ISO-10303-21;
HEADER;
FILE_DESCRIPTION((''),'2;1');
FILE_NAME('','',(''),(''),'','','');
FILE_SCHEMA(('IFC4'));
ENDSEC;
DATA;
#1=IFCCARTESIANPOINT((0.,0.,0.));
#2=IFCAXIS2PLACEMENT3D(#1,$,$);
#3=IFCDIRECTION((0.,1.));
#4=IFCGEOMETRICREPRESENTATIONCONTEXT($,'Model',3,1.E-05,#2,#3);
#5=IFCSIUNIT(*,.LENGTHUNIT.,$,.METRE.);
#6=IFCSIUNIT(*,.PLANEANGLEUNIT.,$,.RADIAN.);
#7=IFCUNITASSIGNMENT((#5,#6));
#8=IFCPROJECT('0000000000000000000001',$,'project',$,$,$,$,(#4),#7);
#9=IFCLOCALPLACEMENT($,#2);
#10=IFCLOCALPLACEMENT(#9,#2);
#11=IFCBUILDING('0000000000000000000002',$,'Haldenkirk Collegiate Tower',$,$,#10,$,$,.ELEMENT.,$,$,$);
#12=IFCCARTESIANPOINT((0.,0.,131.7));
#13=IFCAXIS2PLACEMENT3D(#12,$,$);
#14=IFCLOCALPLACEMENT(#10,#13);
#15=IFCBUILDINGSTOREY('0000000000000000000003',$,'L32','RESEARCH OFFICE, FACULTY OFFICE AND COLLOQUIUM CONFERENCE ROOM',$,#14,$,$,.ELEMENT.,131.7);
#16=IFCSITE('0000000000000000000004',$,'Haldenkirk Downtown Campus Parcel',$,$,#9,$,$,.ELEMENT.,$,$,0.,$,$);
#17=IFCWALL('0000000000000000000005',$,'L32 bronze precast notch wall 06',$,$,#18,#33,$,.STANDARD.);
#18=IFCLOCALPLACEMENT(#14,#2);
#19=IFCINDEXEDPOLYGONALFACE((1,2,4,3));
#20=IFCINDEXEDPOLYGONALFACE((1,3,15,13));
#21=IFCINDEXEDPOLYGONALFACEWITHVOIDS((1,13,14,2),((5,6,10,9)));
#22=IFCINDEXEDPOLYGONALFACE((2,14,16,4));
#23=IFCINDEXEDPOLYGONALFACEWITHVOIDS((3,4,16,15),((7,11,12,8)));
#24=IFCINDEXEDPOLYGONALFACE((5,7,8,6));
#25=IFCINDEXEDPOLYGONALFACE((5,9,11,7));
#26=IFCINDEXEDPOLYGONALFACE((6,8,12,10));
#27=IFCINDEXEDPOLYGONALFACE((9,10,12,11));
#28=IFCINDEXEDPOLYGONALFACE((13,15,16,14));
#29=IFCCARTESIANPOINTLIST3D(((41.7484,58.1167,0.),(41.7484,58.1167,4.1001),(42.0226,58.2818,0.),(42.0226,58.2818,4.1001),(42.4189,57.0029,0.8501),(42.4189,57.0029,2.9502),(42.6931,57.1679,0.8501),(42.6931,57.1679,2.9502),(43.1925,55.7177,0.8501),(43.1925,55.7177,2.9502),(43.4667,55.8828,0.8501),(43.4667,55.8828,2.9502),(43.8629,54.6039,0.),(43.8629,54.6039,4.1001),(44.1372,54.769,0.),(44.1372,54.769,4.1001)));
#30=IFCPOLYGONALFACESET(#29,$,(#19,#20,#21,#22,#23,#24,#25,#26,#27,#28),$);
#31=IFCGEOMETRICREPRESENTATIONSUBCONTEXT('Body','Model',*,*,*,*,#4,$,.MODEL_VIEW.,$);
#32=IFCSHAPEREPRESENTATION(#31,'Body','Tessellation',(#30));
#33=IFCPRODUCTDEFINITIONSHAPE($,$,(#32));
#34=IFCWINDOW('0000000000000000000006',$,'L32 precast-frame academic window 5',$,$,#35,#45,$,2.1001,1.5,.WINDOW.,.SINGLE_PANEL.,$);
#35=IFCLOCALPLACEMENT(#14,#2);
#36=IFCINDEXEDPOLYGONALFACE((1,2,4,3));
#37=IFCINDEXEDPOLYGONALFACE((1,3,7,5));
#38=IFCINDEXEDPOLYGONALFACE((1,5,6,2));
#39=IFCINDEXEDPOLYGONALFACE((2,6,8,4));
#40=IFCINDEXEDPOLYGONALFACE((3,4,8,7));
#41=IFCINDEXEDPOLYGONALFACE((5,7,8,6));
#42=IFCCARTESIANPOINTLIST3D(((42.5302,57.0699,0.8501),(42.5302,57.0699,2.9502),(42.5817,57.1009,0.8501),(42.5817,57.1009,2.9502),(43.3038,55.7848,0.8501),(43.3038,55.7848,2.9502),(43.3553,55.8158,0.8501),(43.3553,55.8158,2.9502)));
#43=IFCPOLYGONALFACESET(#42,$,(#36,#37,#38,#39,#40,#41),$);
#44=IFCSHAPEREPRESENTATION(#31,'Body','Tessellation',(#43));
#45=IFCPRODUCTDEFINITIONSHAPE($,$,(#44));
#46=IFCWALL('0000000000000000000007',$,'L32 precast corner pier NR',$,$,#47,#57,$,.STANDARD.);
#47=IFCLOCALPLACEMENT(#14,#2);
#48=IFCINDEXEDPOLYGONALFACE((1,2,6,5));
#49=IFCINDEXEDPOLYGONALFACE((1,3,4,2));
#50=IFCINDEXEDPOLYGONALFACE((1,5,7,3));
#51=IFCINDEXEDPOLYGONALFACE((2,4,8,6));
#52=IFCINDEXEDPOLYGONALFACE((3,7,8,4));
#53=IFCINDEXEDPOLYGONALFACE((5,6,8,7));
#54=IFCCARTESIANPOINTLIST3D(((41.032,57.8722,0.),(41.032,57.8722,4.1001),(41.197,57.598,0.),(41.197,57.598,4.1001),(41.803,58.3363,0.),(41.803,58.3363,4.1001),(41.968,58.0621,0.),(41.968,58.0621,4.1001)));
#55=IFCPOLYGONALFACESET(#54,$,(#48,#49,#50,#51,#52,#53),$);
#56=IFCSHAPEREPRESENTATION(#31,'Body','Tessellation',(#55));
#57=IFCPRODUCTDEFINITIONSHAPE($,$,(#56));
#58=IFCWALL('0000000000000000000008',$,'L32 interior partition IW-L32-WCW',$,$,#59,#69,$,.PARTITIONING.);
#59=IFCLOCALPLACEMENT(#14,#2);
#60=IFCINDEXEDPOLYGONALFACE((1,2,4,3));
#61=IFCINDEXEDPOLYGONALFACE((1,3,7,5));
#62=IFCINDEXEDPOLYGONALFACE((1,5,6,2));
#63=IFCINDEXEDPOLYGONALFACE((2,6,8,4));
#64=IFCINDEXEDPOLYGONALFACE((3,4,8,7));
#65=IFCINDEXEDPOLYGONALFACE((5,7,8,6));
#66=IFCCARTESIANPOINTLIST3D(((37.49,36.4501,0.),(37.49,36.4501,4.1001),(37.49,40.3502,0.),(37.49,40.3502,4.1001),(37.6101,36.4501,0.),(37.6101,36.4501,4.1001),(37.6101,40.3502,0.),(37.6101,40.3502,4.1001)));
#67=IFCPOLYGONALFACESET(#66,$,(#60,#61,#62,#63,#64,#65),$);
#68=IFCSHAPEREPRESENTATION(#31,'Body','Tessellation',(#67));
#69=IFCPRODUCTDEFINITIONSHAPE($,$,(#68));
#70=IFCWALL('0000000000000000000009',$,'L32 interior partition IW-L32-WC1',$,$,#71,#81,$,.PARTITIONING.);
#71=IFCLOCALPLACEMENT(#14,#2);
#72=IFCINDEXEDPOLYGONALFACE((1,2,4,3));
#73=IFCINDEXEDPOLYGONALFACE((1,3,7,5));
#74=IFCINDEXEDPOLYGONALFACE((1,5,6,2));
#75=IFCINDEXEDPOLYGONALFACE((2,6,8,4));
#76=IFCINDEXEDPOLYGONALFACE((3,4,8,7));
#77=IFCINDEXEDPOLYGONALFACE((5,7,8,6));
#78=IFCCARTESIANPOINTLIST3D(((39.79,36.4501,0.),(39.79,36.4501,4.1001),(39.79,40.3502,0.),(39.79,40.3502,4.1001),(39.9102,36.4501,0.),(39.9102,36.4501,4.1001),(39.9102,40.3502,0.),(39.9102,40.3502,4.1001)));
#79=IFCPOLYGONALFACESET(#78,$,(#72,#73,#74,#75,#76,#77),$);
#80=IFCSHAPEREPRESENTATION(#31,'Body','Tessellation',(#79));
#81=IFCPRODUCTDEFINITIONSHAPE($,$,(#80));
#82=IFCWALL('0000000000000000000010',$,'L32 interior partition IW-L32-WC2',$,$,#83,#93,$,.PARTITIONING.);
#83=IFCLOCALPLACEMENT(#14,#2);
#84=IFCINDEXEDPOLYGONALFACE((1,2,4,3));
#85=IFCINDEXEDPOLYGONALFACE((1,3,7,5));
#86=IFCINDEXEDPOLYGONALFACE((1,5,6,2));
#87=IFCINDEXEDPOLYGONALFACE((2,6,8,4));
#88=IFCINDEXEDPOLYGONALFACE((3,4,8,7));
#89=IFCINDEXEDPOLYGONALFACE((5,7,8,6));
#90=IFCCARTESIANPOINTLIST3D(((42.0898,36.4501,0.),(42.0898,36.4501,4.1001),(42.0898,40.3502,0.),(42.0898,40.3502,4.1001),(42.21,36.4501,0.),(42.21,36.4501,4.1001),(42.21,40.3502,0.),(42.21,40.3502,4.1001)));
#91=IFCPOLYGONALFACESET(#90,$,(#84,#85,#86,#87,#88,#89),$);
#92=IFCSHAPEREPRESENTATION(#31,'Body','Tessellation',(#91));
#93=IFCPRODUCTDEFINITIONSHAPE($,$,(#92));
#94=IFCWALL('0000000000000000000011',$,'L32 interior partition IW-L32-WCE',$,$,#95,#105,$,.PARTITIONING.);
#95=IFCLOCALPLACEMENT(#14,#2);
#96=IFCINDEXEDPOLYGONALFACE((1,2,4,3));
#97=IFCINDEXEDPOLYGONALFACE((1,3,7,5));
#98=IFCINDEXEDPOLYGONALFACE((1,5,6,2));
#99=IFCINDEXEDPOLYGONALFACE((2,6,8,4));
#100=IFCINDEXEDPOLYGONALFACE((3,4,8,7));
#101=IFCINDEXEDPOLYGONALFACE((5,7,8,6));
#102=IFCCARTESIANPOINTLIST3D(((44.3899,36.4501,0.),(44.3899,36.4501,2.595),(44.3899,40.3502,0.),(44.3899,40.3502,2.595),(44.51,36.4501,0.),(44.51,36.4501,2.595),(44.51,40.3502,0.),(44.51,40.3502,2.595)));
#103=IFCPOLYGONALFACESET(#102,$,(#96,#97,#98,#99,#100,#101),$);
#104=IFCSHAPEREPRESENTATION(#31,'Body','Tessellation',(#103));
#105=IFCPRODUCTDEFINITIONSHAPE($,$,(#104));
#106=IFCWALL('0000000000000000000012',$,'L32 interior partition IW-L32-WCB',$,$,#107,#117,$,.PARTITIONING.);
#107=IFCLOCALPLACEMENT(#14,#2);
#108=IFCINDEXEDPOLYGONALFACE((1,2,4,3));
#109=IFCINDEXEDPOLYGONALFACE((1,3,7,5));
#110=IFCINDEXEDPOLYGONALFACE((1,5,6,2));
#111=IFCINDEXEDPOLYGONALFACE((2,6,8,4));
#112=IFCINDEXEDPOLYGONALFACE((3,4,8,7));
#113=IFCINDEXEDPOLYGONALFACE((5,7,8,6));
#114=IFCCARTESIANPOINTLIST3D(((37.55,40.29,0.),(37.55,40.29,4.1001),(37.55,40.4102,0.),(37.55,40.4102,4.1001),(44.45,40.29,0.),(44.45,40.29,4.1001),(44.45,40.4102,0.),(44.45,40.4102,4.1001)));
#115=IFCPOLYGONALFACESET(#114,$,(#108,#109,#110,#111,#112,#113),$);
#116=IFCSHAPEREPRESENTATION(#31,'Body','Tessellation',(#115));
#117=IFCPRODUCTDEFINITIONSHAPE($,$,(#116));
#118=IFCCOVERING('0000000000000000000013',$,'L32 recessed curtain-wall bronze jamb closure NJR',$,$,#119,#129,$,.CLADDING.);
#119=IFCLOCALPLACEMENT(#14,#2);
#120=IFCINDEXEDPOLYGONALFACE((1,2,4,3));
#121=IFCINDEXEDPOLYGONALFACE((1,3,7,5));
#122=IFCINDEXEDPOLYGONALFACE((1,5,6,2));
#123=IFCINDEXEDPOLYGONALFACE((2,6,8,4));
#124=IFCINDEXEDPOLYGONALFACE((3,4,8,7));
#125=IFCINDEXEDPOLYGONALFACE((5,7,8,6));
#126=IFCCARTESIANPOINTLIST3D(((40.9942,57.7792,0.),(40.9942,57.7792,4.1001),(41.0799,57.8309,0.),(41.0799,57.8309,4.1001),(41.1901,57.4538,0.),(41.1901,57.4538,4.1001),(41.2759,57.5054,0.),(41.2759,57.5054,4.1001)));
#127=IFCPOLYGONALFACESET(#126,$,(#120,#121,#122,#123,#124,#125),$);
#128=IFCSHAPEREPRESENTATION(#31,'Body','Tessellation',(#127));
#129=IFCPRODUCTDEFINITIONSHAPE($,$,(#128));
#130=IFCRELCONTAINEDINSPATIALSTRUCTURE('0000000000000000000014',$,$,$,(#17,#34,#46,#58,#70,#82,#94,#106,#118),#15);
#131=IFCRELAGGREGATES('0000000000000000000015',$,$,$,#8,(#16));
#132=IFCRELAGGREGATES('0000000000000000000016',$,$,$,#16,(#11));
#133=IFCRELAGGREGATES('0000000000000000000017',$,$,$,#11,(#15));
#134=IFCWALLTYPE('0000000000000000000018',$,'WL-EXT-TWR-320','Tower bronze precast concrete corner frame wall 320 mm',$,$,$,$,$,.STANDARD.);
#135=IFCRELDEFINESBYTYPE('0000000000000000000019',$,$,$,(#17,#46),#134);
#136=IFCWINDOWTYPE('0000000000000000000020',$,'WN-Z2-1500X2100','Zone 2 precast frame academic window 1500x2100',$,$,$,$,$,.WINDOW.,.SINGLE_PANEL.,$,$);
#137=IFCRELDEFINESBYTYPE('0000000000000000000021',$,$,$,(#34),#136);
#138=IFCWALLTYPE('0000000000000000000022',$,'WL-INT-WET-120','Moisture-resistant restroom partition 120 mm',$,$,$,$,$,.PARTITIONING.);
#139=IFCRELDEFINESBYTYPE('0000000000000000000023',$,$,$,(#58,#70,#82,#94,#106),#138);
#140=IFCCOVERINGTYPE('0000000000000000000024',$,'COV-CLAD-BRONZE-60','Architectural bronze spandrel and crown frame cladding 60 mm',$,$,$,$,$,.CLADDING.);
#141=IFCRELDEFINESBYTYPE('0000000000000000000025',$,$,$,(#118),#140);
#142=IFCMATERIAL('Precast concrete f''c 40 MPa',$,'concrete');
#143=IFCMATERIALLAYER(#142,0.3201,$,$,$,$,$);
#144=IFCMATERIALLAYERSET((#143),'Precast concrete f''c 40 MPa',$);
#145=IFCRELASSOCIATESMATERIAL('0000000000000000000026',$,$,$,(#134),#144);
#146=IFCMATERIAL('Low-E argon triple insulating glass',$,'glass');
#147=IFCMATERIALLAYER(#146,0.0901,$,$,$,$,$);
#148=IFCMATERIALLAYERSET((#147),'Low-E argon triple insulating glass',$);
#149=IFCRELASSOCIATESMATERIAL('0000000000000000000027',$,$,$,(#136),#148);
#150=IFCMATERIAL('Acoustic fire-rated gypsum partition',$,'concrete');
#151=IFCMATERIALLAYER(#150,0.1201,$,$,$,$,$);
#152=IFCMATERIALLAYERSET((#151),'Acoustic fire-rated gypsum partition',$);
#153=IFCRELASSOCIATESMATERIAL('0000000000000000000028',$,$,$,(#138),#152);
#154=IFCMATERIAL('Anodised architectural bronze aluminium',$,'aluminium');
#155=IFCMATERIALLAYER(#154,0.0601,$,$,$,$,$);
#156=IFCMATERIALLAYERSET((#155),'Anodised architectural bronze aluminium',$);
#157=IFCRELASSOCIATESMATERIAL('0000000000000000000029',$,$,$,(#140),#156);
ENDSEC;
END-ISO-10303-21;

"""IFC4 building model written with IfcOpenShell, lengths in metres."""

from ifc_helpers import new_model, si_unit, direction, frame, frame_2d, origin, origin_2d, place, context, subcontext, project, spatial, rectangle, extrude, source, transform, mapped, material, layer, layer_set, type_object, element, fill, save


model = new_model("IFC4")

# Units and contexts
model_context = context("Model", 3, precision=1e-05, world=origin(), true_north=direction((0.0, 1.0)))
body_context = subcontext(model_context, "Body", "Model", "MODEL_VIEW")
ifc_project = project(units=[si_unit("LENGTHUNIT", "METRE"), si_unit("PLANEANGLEUNIT", "RADIAN")], contexts=[model_context])

# Site, building, storey
site_placement = place(None, origin())
site = spatial("IfcSite", under=ifc_project, at=site_placement, Name="Haldenkirk Downtown Campus Parcel", CompositionType="ELEMENT", RefElevation=0.0)
building_placement = place(site_placement, origin())
building = spatial("IfcBuilding", under=site, at=building_placement, Name="Haldenkirk Collegiate Tower", CompositionType="ELEMENT")
storey_placement = place(building_placement, frame((0.0, 0.0, 131.7)))
storey = spatial("IfcBuildingStorey", under=building, at=storey_placement, Name="L32", Description="RESEARCH OFFICE, FACULTY OFFICE AND COLLOQUIUM CONFERENCE ROOM", CompositionType="ELEMENT", Elevation=131.7)

# Shared definitions
ifc_material_1 = material(Name="Anodised architectural bronze aluminium", Category="aluminium")
ifc_material_2 = material(Name="Low-E argon triple insulating glass", Category="glass")

# Shared definitions
ifc_material_3 = material(Name="Precast concrete f'c 40 MPa", Category="concrete")
ifc_layer_1 = layer(ifc_material_3, 0.3201)
ifc_layer_set_1 = layer_set([ifc_layer_1], Name="Precast concrete f'c 40 MPa")
wall_type_1 = type_object("IfcWallType", Name="WL-EXT-TWR-320", Description="Tower bronze precast concrete corner frame wall 320 mm", PredefinedType="STANDARD", material=ifc_layer_set_1)

# Wall, opening, window
wall_1_placement = place(storey_placement, frame((41.8855, 58.1992, 0.0), z_axis=(0.0, 0.0, 1.0), x_axis=(0.51573, -0.856751, 0.0)))
wall_1 = element("IfcWall", 1, at=wall_1_placement, inside=storey, type_object=wall_type_1, Name="L32 bronze precast notch wall 06", PredefinedType="STANDARD", context=body_context, shape_type="SweptSolid", body=[
    extrude(rectangle(XDim=4.1001, YDim=0.3201, at=frame_2d((2.05, 0.0))), origin(), (0.0, 0.0, 1.0), 4.1001),
])
opening_placement = place(wall_1_placement, frame((1.3, 0.0, 0.8501)))
opening = element("IfcOpeningElement", 2, at=opening_placement, cuts=wall_1, PredefinedType="OPENING", context=body_context, shape_type="SweptSolid", body=[
    extrude(rectangle(XDim=1.5, YDim=2.1001, at=frame_2d((0.75, 1.05))), frame((0.0, 0.1699, 0.0), z_axis=(0.0, -1.0, 0.0), x_axis=(1.0, 0.0, 0.0)), (0.0, 0.0, 1.0), 0.3401),
])
ifc_layer_2 = layer(ifc_material_2, 0.0901)
ifc_layer_set_2 = layer_set([ifc_layer_2], Name="Low-E argon triple insulating glass")
window_type = type_object("IfcWindowType", Name="WN-Z2-1500X2100", Description="Zone 2 precast frame academic window 1500x2100", PartitioningType="SINGLE_PANEL", PredefinedType="WINDOW", material=ifc_layer_set_2)
window_placement = place(opening_placement, origin())
window = element("IfcWindow", 3, at=window_placement, inside=storey, type_object=window_type, Name="L32 precast-frame academic window 5", OverallHeight=2.1001, OverallWidth=1.5, PartitioningType="SINGLE_PANEL", PredefinedType="WINDOW", context=body_context, shape_type="SweptSolid", body=[
    extrude(rectangle(XDim=1.5, YDim=2.1001, at=frame_2d((0.75, 1.05))), frame((0.0, 0.03, 0.0), z_axis=(0.0, -1.0, 0.0), x_axis=(1.0, 0.0, 0.0)), (0.0, 0.0, 1.0), 0.0601),
])
fill(opening, window)

# Walls
wall_2_placement = place(storey_placement, frame((41.1145, 57.7351, 0.0), z_axis=(0.0, 0.0, 1.0), x_axis=(0.85675, 0.515732, 0.0)))
element("IfcWall", 4, at=wall_2_placement, inside=storey, type_object=wall_type_1, Name="L32 precast corner pier NR", PredefinedType="STANDARD", context=body_context, shape_type="SweptSolid", body=[
    extrude(rectangle(XDim=0.8999, YDim=0.3201, at=frame_2d((0.45, 0.0))), origin(), (0.0, 0.0, 1.0), 4.1001),
])
ifc_material_4 = material(Name="Acoustic fire-rated gypsum partition", Category="concrete")
ifc_layer_3 = layer(ifc_material_4, 0.1201)
ifc_layer_set_3 = layer_set([ifc_layer_3], Name="Acoustic fire-rated gypsum partition")
wall_type_2 = type_object("IfcWallType", Name="WL-INT-WET-120", Description="Moisture-resistant restroom partition 120 mm", PredefinedType="PARTITIONING", material=ifc_layer_set_3)
for number, where, z_axis, x_axis, name in (
    (5, (37.55, 36.45, 0.0), (0.0, 0.0, 1.0), (0.0, 1.0, 0.0), "L32 interior partition IW-L32-WCW"),
    (6, (39.8501, 36.45, 0.0), (0.0, 0.0, 1.0), (0.0, 1.0, 0.0), "L32 interior partition IW-L32-WC1"),
    (7, (42.1499, 36.45, 0.0), (0.0, 0.0, 1.0), (0.0, 1.0, 0.0), "L32 interior partition IW-L32-WC2"),
):
    element("IfcWall", number, at=place(storey_placement, frame(where, z_axis=z_axis, x_axis=x_axis)), inside=storey, type_object=wall_type_2, Name=name, PredefinedType="PARTITIONING", context=body_context, shape_type="SweptSolid", body=[
        extrude(rectangle(XDim=3.9001, YDim=0.1201, at=frame_2d((1.9502, 0.0))), origin(), (0.0, 0.0, 1.0), 4.1001),
    ])
wall_3_placement = place(storey_placement, frame((44.45, 36.45, 0.0), z_axis=(0.0, 0.0, 1.0), x_axis=(0.0, 1.0, 0.0)))
element("IfcWall", 8, at=wall_3_placement, inside=storey, type_object=wall_type_2, Name="L32 interior partition IW-L32-WCE", PredefinedType="PARTITIONING", context=body_context, shape_type="SweptSolid", body=[
    extrude(rectangle(XDim=3.9001, YDim=0.1201, at=frame_2d((1.9502, 0.0))), origin(), (0.0, 0.0, 1.0), 2.595),
])
wall_4_placement = place(storey_placement, frame((37.55, 40.3501, 0.0), z_axis=(0.0, 0.0, 1.0), x_axis=(1.0, 0.0, 0.0)))
element("IfcWall", 9, at=wall_4_placement, inside=storey, type_object=wall_type_2, Name="L32 interior partition IW-L32-WCB", PredefinedType="PARTITIONING", context=body_context, shape_type="SweptSolid", body=[
    extrude(rectangle(XDim=6.8999, YDim=0.1201, at=frame_2d((3.45, 0.0))), origin(), (0.0, 0.0, 1.0), 4.1001),
])

# Covering
ifc_layer_4 = layer(ifc_material_1, 0.0601)
ifc_layer_set_4 = layer_set([ifc_layer_4], Name="Anodised architectural bronze aluminium")
covering_type = type_object("IfcCoveringType", Name="COV-CLAD-BRONZE-60", Description="Architectural bronze spandrel and crown frame cladding 60 mm", PredefinedType="CLADDING", material=ifc_layer_set_4)
shared_shape_1 = source(origin(), body_context, "Body", "SweptSolid", [
    extrude(rectangle(XDim=0.1001, YDim=0.3799, at=origin_2d()), origin(), (0.0, 0.0, 1.0), 4.1001),
])
covering_placement = place(storey_placement, frame((41.135, 57.6423, 0.0), z_axis=(0.0, 0.0, 1.0), x_axis=(0.856718, 0.515786, 0.0)))
element("IfcCovering", 10, at=covering_placement, inside=storey, type_object=covering_type, Name="L32 recessed curtain-wall bronze jamb closure NJR", PredefinedType="CLADDING", context=body_context, shape_type="MappedRepresentation", body=[
    mapped(shared_shape_1, transform((0.0, 0.0, 0.0), x_axis=(1.0, 0.0, 0.0), y_axis=(0.0, 1.0, 0.0), z_axis=(0.0, 0.0, 1.0), scale=1.0)),
])

save(model, "model.ifc")
